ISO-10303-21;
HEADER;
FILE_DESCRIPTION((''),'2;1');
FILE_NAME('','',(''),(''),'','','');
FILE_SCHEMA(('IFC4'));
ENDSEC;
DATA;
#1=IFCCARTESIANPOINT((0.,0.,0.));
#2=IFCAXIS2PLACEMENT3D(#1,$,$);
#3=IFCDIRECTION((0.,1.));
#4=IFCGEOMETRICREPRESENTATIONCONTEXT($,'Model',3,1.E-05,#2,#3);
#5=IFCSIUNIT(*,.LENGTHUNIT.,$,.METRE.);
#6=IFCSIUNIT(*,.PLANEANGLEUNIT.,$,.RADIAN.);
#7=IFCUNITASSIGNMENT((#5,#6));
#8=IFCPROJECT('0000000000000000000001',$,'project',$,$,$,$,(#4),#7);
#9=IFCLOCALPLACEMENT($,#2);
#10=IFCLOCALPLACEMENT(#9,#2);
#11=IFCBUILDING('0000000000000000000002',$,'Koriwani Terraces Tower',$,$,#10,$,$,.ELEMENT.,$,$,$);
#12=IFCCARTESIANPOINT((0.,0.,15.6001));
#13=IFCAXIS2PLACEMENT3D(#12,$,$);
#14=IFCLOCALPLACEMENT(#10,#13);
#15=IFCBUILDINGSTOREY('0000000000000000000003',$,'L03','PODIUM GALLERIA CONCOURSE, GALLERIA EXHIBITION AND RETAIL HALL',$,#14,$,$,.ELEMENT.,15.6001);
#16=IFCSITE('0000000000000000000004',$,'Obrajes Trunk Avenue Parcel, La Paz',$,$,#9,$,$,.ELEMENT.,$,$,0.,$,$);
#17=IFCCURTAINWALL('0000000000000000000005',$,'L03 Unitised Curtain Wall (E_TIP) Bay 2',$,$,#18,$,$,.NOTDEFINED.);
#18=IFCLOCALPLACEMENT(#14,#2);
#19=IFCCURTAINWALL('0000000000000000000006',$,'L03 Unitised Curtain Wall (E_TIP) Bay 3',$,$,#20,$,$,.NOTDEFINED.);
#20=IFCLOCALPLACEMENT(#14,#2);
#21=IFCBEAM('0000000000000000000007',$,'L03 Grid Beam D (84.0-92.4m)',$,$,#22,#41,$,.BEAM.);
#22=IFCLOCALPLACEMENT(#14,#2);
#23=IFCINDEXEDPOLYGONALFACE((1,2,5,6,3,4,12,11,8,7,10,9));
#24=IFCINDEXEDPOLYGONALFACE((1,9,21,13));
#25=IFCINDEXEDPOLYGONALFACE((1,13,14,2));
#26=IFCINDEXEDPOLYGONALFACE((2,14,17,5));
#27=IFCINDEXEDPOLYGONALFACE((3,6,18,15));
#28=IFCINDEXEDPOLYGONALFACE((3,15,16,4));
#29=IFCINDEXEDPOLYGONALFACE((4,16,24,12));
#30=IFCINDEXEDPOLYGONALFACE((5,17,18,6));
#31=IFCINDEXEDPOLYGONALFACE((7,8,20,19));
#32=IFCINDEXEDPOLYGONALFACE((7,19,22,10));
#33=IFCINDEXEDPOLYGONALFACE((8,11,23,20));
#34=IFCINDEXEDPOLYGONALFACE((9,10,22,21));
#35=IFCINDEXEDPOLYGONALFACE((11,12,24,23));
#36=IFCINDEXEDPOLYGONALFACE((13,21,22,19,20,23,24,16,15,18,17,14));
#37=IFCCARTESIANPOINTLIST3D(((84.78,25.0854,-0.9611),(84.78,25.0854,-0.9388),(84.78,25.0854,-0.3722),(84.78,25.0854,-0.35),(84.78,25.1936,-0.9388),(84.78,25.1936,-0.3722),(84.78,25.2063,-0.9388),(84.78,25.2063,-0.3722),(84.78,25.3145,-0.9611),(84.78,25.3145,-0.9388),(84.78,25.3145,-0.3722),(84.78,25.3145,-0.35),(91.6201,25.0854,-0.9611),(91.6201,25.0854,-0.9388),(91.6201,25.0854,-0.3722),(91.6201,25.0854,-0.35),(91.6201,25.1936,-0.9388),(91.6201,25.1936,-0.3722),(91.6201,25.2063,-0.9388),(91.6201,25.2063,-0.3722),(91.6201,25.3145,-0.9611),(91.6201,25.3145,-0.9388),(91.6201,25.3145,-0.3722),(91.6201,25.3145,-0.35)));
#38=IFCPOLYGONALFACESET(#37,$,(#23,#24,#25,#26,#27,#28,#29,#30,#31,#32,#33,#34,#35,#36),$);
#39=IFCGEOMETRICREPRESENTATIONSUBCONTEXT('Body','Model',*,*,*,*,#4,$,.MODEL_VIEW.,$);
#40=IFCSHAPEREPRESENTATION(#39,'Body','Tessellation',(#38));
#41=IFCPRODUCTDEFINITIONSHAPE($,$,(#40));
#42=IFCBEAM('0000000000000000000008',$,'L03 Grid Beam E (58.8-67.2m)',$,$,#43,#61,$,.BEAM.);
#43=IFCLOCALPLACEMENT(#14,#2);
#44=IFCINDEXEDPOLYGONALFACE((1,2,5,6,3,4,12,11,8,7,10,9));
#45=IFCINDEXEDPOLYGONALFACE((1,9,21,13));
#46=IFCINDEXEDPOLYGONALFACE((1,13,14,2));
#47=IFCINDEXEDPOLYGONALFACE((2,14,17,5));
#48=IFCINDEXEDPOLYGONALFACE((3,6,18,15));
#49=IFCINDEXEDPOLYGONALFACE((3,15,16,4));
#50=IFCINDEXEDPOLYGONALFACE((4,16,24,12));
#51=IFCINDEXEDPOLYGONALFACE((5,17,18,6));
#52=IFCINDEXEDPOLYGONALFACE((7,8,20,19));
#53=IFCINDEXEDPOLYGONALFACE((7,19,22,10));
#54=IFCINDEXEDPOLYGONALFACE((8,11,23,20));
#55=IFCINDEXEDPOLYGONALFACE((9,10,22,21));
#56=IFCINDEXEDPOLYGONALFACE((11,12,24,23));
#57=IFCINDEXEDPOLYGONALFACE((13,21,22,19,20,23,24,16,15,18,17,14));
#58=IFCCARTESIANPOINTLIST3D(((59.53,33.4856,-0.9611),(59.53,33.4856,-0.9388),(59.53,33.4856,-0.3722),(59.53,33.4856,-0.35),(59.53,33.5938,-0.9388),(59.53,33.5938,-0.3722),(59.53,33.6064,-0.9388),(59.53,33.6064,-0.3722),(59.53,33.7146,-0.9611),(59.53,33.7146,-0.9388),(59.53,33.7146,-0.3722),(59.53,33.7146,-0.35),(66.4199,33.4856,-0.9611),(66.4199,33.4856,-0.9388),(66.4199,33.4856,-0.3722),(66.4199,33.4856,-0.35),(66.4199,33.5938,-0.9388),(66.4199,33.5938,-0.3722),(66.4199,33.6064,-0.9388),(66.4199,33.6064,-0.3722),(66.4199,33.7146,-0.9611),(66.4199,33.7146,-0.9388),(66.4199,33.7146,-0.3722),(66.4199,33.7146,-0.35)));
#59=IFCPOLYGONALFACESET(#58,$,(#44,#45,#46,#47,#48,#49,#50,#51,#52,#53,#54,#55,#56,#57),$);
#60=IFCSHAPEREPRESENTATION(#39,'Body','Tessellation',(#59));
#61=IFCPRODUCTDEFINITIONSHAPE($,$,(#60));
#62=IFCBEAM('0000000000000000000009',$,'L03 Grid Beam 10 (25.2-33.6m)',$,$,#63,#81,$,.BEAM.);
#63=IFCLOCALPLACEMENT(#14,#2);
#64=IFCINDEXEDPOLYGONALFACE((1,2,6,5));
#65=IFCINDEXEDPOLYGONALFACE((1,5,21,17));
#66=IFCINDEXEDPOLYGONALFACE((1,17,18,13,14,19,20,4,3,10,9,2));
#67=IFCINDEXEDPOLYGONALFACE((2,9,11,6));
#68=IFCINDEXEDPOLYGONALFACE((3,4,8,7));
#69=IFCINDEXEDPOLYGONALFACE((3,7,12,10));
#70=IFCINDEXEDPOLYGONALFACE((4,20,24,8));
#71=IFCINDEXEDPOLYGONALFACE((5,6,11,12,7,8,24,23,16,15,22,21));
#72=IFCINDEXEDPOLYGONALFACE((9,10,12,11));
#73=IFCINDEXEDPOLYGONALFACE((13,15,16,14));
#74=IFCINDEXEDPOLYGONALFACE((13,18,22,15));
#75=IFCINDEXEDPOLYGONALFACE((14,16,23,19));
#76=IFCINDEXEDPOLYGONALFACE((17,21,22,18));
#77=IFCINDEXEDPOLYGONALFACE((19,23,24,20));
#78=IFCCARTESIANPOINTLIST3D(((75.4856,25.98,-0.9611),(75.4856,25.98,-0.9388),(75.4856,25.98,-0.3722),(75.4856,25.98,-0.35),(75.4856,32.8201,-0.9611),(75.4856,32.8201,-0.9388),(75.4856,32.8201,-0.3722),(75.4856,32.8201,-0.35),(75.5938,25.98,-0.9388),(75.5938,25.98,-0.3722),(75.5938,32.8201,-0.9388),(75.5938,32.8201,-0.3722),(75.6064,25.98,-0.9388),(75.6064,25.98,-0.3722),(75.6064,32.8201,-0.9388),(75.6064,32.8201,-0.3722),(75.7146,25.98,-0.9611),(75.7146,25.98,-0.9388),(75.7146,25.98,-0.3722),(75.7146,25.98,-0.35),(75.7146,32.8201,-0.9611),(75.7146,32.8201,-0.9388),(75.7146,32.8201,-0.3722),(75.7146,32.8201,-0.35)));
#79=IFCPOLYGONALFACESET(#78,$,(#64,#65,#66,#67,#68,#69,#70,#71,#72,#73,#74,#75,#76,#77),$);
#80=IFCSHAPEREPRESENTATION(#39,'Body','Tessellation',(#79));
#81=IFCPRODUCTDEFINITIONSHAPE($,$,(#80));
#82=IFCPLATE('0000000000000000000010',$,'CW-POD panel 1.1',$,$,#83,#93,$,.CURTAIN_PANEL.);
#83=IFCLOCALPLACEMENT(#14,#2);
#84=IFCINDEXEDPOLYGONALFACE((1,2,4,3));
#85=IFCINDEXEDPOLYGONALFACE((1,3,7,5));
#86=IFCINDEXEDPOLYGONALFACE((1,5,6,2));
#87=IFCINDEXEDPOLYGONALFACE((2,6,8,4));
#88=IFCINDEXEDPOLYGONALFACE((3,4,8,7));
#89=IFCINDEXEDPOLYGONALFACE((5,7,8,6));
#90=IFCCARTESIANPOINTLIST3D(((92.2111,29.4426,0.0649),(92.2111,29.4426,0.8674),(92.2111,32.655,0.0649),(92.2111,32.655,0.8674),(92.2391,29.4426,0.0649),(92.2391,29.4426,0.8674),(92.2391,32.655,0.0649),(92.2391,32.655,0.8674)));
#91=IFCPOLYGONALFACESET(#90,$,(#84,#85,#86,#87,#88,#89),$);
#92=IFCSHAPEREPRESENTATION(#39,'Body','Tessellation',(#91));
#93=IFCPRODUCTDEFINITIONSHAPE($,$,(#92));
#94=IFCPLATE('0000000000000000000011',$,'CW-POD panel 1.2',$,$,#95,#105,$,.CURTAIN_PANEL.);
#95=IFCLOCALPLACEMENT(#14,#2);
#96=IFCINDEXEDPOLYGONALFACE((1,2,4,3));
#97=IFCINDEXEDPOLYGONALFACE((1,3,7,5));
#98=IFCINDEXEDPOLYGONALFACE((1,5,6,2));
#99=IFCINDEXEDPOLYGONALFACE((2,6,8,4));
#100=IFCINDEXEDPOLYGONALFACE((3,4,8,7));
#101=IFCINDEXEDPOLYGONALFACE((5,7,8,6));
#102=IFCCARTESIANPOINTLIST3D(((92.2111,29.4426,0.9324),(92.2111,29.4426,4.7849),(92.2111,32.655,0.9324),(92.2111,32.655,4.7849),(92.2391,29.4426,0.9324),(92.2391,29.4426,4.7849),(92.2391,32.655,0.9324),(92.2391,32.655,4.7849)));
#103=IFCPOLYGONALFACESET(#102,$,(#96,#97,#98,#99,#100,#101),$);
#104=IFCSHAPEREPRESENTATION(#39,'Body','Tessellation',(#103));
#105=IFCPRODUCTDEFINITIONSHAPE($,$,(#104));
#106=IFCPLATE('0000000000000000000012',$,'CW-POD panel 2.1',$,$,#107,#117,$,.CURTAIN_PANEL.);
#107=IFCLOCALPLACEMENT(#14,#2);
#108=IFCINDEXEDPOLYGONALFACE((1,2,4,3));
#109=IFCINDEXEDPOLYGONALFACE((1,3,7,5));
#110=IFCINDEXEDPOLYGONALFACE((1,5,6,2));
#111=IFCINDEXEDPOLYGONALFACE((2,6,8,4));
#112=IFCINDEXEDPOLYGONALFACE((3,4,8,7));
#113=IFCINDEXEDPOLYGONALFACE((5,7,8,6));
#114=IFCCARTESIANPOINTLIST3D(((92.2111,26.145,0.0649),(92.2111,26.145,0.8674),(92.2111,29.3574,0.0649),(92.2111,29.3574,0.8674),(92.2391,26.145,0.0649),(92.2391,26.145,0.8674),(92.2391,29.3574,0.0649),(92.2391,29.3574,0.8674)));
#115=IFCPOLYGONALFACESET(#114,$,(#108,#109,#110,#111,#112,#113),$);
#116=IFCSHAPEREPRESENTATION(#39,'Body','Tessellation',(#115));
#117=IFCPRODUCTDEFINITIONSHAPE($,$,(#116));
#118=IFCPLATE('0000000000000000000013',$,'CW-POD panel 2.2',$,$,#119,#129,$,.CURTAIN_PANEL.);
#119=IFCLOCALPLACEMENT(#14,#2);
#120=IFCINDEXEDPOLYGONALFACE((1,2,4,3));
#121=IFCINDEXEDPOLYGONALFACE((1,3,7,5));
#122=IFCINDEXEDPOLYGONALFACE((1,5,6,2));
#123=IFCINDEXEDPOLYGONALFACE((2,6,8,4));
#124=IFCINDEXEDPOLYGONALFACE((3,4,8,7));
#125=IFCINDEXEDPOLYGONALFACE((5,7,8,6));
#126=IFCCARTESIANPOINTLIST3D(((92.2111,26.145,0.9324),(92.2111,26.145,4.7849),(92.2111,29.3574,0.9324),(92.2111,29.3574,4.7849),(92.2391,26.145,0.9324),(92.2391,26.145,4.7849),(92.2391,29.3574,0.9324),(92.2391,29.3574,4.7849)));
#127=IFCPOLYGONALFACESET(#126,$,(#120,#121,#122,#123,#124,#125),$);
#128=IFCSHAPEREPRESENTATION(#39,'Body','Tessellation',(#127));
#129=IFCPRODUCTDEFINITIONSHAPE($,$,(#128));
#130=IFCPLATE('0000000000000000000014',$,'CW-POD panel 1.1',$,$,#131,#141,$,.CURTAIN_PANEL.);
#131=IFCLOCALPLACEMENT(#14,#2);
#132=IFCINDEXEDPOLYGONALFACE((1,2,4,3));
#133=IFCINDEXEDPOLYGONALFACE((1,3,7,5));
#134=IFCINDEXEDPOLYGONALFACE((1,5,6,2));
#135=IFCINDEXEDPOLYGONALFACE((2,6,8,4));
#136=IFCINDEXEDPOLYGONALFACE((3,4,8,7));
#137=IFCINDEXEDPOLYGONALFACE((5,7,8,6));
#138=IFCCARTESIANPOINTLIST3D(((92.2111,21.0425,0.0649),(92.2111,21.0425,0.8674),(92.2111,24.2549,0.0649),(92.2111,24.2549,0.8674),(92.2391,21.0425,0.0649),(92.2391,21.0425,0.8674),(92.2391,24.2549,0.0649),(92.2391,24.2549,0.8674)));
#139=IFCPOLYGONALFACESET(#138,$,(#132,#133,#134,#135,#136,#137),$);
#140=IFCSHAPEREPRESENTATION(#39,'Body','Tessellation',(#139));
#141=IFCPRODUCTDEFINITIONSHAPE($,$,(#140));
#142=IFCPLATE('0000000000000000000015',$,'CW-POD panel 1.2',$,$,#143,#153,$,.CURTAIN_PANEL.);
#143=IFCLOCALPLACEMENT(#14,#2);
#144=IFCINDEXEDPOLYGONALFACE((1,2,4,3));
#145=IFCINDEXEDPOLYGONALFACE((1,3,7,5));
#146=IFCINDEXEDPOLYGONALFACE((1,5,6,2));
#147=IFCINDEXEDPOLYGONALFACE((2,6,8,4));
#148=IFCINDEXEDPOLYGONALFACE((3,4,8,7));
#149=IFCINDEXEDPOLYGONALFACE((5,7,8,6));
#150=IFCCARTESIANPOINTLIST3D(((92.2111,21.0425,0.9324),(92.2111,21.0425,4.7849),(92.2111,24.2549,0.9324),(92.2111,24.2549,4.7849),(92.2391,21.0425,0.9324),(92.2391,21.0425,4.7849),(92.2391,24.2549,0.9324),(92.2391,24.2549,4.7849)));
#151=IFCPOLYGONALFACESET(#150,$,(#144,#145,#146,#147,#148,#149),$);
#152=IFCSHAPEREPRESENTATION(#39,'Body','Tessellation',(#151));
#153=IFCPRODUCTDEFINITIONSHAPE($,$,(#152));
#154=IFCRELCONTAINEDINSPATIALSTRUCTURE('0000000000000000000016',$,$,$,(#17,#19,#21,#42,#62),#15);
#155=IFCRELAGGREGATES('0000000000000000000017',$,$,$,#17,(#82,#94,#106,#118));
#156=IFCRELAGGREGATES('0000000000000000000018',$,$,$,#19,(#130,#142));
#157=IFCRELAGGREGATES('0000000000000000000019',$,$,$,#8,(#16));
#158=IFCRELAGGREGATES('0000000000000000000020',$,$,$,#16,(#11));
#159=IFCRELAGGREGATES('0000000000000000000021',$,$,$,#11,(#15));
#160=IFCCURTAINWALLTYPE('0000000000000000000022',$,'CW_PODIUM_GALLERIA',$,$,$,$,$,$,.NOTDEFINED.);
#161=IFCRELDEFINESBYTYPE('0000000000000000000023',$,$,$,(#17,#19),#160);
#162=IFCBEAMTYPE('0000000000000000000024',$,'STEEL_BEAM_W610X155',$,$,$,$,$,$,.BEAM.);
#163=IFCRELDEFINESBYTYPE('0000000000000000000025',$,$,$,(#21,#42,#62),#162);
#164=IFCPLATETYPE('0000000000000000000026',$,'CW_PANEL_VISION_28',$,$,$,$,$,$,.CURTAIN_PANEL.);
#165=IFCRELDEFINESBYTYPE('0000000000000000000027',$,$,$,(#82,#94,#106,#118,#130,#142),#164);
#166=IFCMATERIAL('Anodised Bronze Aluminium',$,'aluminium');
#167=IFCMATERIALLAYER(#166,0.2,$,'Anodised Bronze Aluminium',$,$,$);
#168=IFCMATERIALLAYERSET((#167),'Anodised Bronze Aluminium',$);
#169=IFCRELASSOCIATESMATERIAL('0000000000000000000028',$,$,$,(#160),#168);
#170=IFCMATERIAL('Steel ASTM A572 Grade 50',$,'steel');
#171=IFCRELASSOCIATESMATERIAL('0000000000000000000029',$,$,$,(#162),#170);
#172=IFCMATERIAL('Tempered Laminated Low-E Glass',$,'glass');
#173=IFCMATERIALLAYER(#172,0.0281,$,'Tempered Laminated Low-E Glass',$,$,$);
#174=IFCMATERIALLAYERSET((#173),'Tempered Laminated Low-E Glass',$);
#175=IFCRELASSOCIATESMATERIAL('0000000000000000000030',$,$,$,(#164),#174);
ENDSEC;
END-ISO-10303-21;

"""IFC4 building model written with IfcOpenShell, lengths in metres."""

from ifc_helpers import new_model, si_unit, direction, frame, origin, origin_2d, place, context, subcontext, project, spatial, rectangle, i_section, extrude, material, layer, layer_set, material_profile, profile_set, type_object, element, aggregate, save


model = new_model("IFC4")

# Units and contexts
model_context = context("Model", 3, precision=1e-05, world=origin(), true_north=direction((0.0, 1.0)))
body_context = subcontext(model_context, "Body", "Model", "MODEL_VIEW")
ifc_project = project(units=[si_unit("LENGTHUNIT", "METRE"), si_unit("PLANEANGLEUNIT", "RADIAN")], contexts=[model_context])

# Site, building, storey
site_placement = place(None, origin())
site = spatial("IfcSite", under=ifc_project, at=site_placement, Name="Obrajes Trunk Avenue Parcel, La Paz", CompositionType="ELEMENT", RefElevation=0.0)
building_placement = place(site_placement, origin())
building = spatial("IfcBuilding", under=site, at=building_placement, Name="Koriwani Terraces Tower", CompositionType="ELEMENT")
storey_placement = place(building_placement, frame((0.0, 0.0, 15.6001)))
storey = spatial("IfcBuildingStorey", under=building, at=storey_placement, Name="L03", Description="PODIUM GALLERIA CONCOURSE, GALLERIA EXHIBITION AND RETAIL HALL", CompositionType="ELEMENT", Elevation=15.6001)

# Curtain walls
ifc_material_1 = material(Name="Anodised Bronze Aluminium", Category="aluminium")
ifc_layer_1 = layer(ifc_material_1, 0.2, Name="Anodised Bronze Aluminium")
ifc_layer_set_1 = layer_set([ifc_layer_1], Name="Anodised Bronze Aluminium")
curtain_wall_type = type_object("IfcCurtainWallType", Name="CW_PODIUM_GALLERIA", PredefinedType="NOTDEFINED", material=ifc_layer_set_1)
curtain_wall_1_placement = place(storey_placement, origin())
curtain_wall_1 = element("IfcCurtainWall", 1, at=curtain_wall_1_placement, inside=storey, type_object=curtain_wall_type, Name="L03 Unitised Curtain Wall (E_TIP) Bay 2", PredefinedType="NOTDEFINED")
curtain_wall_2_placement = place(storey_placement, origin())
curtain_wall_2 = element("IfcCurtainWall", 2, at=curtain_wall_2_placement, inside=storey, type_object=curtain_wall_type, Name="L03 Unitised Curtain Wall (E_TIP) Bay 3", PredefinedType="NOTDEFINED")

# Beams
ifc_material_2 = material(Name="Steel ASTM A572 Grade 50", Category="steel")
ifc_material_profile_1 = material_profile(ifc_material_2, i_section(OverallWidth=0.229, OverallDepth=0.6111, WebThickness=0.0127, FlangeThickness=0.0222, at=origin_2d()), Name="Steel ASTM A572 Grade 50", Category="LoadBearing")
ifc_profile_set_1 = profile_set([ifc_material_profile_1], Name="Steel ASTM A572 Grade 50")
beam_type_1 = type_object("IfcBeamType", Name="STEEL_BEAM_W610X155", PredefinedType="BEAM", material=ifc_profile_set_1)
for number, where, z_axis, x_axis, name in (
    (3, (84.78, 25.2, -0.6555), (1.0, 0.0, 0.0), (0.0, 1.0, 0.0), "L03 Grid Beam D (84.0-92.4m)"),
):
    element("IfcBeam", number, at=place(storey_placement, frame(where, z_axis=z_axis, x_axis=x_axis)), inside=storey, type_object=beam_type_1, Name=name, PredefinedType="BEAM", context=body_context, shape_type="SweptSolid", body=[
        extrude(i_section(OverallWidth=0.229, OverallDepth=0.6111, WebThickness=0.0127, FlangeThickness=0.0222, at=origin_2d()), origin(), (0.0, 0.0, 1.0), 6.8401),
    ])
beam_1_placement = place(storey_placement, frame((59.53, 33.6001, -0.6555), z_axis=(1.0, 0.0, 0.0), x_axis=(0.0, 1.0, 0.0)))
element("IfcBeam", 4, at=beam_1_placement, inside=storey, type_object=beam_type_1, Name="L03 Grid Beam E (58.8-67.2m)", PredefinedType="BEAM", context=body_context, shape_type="SweptSolid", body=[
    extrude(i_section(OverallWidth=0.229, OverallDepth=0.6111, WebThickness=0.0127, FlangeThickness=0.0222, at=origin_2d()), origin(), (0.0, 0.0, 1.0), 6.8899),
])
beam_2_placement = place(storey_placement, frame((75.6001, 25.98, -0.6555), z_axis=(0.0, 1.0, 0.0), x_axis=(-1.0, 0.0, 0.0)))
element("IfcBeam", 5, at=beam_2_placement, inside=storey, type_object=beam_type_1, Name="L03 Grid Beam 10 (25.2-33.6m)", PredefinedType="BEAM", context=body_context, shape_type="SweptSolid", body=[
    extrude(i_section(OverallWidth=0.229, OverallDepth=0.6111, WebThickness=0.0127, FlangeThickness=0.0222, at=origin_2d()), origin(), (0.0, 0.0, 1.0), 6.8401),
])

# Plates
ifc_material_3 = material(Name="Tempered Laminated Low-E Glass", Category="glass")
ifc_layer_2 = layer(ifc_material_3, 0.0281, Name="Tempered Laminated Low-E Glass")
ifc_layer_set_2 = layer_set([ifc_layer_2], Name="Tempered Laminated Low-E Glass")
plate_type = type_object("IfcPlateType", Name="CW_PANEL_VISION_28", PredefinedType="CURTAIN_PANEL", material=ifc_layer_set_2)
plate_1_placement = place(storey_placement, frame((92.2251, 31.0488, 0.0649), z_axis=(0.0, 0.0, 1.0), x_axis=(0.0, -1.0, 0.0)))
plate_1 = element("IfcPlate", 6, at=plate_1_placement, type_object=plate_type, Name="CW-POD panel 1.1", PredefinedType="CURTAIN_PANEL", context=body_context, shape_type="SweptSolid", body=[
    extrude(rectangle(XDim=3.2124, YDim=0.0281, at=origin_2d()), origin(), (0.0, 0.0, 1.0), 0.8025),
])
plate_2_placement = place(storey_placement, frame((92.2251, 31.0488, 0.9324), z_axis=(0.0, 0.0, 1.0), x_axis=(0.0, -1.0, 0.0)))
plate_2 = element("IfcPlate", 7, at=plate_2_placement, type_object=plate_type, Name="CW-POD panel 1.2", PredefinedType="CURTAIN_PANEL", context=body_context, shape_type="SweptSolid", body=[
    extrude(rectangle(XDim=3.2124, YDim=0.0281, at=origin_2d()), origin(), (0.0, 0.0, 1.0), 3.8525),
])
plate_3_placement = place(storey_placement, frame((92.2251, 27.7512, 0.0649), z_axis=(0.0, 0.0, 1.0), x_axis=(0.0, -1.0, 0.0)))
plate_3 = element("IfcPlate", 8, at=plate_3_placement, type_object=plate_type, Name="CW-POD panel 2.1", PredefinedType="CURTAIN_PANEL", context=body_context, shape_type="SweptSolid", body=[
    extrude(rectangle(XDim=3.2124, YDim=0.0281, at=origin_2d()), origin(), (0.0, 0.0, 1.0), 0.8025),
])
plate_4_placement = place(storey_placement, frame((92.2251, 27.7512, 0.9324), z_axis=(0.0, 0.0, 1.0), x_axis=(0.0, -1.0, 0.0)))
plate_4 = element("IfcPlate", 9, at=plate_4_placement, type_object=plate_type, Name="CW-POD panel 2.2", PredefinedType="CURTAIN_PANEL", context=body_context, shape_type="SweptSolid", body=[
    extrude(rectangle(XDim=3.2124, YDim=0.0281, at=origin_2d()), origin(), (0.0, 0.0, 1.0), 3.8525),
])
aggregate(curtain_wall_1, [plate_1, plate_2, plate_3, plate_4])
plate_5_placement = place(storey_placement, frame((92.2251, 22.6487, 0.0649), z_axis=(0.0, 0.0, 1.0), x_axis=(0.0, -1.0, 0.0)))
plate_5 = element("IfcPlate", 10, at=plate_5_placement, type_object=plate_type, Name="CW-POD panel 1.1", PredefinedType="CURTAIN_PANEL", context=body_context, shape_type="SweptSolid", body=[
    extrude(rectangle(XDim=3.2124, YDim=0.0281, at=origin_2d()), origin(), (0.0, 0.0, 1.0), 0.8025),
])
plate_6_placement = place(storey_placement, frame((92.2251, 22.6487, 0.9324), z_axis=(0.0, 0.0, 1.0), x_axis=(0.0, -1.0, 0.0)))
plate_6 = element("IfcPlate", 11, at=plate_6_placement, type_object=plate_type, Name="CW-POD panel 1.2", PredefinedType="CURTAIN_PANEL", context=body_context, shape_type="SweptSolid", body=[
    extrude(rectangle(XDim=3.2124, YDim=0.0281, at=origin_2d()), origin(), (0.0, 0.0, 1.0), 3.8525),
])
aggregate(curtain_wall_2, [plate_5, plate_6])

save(model, "model.ifc")
